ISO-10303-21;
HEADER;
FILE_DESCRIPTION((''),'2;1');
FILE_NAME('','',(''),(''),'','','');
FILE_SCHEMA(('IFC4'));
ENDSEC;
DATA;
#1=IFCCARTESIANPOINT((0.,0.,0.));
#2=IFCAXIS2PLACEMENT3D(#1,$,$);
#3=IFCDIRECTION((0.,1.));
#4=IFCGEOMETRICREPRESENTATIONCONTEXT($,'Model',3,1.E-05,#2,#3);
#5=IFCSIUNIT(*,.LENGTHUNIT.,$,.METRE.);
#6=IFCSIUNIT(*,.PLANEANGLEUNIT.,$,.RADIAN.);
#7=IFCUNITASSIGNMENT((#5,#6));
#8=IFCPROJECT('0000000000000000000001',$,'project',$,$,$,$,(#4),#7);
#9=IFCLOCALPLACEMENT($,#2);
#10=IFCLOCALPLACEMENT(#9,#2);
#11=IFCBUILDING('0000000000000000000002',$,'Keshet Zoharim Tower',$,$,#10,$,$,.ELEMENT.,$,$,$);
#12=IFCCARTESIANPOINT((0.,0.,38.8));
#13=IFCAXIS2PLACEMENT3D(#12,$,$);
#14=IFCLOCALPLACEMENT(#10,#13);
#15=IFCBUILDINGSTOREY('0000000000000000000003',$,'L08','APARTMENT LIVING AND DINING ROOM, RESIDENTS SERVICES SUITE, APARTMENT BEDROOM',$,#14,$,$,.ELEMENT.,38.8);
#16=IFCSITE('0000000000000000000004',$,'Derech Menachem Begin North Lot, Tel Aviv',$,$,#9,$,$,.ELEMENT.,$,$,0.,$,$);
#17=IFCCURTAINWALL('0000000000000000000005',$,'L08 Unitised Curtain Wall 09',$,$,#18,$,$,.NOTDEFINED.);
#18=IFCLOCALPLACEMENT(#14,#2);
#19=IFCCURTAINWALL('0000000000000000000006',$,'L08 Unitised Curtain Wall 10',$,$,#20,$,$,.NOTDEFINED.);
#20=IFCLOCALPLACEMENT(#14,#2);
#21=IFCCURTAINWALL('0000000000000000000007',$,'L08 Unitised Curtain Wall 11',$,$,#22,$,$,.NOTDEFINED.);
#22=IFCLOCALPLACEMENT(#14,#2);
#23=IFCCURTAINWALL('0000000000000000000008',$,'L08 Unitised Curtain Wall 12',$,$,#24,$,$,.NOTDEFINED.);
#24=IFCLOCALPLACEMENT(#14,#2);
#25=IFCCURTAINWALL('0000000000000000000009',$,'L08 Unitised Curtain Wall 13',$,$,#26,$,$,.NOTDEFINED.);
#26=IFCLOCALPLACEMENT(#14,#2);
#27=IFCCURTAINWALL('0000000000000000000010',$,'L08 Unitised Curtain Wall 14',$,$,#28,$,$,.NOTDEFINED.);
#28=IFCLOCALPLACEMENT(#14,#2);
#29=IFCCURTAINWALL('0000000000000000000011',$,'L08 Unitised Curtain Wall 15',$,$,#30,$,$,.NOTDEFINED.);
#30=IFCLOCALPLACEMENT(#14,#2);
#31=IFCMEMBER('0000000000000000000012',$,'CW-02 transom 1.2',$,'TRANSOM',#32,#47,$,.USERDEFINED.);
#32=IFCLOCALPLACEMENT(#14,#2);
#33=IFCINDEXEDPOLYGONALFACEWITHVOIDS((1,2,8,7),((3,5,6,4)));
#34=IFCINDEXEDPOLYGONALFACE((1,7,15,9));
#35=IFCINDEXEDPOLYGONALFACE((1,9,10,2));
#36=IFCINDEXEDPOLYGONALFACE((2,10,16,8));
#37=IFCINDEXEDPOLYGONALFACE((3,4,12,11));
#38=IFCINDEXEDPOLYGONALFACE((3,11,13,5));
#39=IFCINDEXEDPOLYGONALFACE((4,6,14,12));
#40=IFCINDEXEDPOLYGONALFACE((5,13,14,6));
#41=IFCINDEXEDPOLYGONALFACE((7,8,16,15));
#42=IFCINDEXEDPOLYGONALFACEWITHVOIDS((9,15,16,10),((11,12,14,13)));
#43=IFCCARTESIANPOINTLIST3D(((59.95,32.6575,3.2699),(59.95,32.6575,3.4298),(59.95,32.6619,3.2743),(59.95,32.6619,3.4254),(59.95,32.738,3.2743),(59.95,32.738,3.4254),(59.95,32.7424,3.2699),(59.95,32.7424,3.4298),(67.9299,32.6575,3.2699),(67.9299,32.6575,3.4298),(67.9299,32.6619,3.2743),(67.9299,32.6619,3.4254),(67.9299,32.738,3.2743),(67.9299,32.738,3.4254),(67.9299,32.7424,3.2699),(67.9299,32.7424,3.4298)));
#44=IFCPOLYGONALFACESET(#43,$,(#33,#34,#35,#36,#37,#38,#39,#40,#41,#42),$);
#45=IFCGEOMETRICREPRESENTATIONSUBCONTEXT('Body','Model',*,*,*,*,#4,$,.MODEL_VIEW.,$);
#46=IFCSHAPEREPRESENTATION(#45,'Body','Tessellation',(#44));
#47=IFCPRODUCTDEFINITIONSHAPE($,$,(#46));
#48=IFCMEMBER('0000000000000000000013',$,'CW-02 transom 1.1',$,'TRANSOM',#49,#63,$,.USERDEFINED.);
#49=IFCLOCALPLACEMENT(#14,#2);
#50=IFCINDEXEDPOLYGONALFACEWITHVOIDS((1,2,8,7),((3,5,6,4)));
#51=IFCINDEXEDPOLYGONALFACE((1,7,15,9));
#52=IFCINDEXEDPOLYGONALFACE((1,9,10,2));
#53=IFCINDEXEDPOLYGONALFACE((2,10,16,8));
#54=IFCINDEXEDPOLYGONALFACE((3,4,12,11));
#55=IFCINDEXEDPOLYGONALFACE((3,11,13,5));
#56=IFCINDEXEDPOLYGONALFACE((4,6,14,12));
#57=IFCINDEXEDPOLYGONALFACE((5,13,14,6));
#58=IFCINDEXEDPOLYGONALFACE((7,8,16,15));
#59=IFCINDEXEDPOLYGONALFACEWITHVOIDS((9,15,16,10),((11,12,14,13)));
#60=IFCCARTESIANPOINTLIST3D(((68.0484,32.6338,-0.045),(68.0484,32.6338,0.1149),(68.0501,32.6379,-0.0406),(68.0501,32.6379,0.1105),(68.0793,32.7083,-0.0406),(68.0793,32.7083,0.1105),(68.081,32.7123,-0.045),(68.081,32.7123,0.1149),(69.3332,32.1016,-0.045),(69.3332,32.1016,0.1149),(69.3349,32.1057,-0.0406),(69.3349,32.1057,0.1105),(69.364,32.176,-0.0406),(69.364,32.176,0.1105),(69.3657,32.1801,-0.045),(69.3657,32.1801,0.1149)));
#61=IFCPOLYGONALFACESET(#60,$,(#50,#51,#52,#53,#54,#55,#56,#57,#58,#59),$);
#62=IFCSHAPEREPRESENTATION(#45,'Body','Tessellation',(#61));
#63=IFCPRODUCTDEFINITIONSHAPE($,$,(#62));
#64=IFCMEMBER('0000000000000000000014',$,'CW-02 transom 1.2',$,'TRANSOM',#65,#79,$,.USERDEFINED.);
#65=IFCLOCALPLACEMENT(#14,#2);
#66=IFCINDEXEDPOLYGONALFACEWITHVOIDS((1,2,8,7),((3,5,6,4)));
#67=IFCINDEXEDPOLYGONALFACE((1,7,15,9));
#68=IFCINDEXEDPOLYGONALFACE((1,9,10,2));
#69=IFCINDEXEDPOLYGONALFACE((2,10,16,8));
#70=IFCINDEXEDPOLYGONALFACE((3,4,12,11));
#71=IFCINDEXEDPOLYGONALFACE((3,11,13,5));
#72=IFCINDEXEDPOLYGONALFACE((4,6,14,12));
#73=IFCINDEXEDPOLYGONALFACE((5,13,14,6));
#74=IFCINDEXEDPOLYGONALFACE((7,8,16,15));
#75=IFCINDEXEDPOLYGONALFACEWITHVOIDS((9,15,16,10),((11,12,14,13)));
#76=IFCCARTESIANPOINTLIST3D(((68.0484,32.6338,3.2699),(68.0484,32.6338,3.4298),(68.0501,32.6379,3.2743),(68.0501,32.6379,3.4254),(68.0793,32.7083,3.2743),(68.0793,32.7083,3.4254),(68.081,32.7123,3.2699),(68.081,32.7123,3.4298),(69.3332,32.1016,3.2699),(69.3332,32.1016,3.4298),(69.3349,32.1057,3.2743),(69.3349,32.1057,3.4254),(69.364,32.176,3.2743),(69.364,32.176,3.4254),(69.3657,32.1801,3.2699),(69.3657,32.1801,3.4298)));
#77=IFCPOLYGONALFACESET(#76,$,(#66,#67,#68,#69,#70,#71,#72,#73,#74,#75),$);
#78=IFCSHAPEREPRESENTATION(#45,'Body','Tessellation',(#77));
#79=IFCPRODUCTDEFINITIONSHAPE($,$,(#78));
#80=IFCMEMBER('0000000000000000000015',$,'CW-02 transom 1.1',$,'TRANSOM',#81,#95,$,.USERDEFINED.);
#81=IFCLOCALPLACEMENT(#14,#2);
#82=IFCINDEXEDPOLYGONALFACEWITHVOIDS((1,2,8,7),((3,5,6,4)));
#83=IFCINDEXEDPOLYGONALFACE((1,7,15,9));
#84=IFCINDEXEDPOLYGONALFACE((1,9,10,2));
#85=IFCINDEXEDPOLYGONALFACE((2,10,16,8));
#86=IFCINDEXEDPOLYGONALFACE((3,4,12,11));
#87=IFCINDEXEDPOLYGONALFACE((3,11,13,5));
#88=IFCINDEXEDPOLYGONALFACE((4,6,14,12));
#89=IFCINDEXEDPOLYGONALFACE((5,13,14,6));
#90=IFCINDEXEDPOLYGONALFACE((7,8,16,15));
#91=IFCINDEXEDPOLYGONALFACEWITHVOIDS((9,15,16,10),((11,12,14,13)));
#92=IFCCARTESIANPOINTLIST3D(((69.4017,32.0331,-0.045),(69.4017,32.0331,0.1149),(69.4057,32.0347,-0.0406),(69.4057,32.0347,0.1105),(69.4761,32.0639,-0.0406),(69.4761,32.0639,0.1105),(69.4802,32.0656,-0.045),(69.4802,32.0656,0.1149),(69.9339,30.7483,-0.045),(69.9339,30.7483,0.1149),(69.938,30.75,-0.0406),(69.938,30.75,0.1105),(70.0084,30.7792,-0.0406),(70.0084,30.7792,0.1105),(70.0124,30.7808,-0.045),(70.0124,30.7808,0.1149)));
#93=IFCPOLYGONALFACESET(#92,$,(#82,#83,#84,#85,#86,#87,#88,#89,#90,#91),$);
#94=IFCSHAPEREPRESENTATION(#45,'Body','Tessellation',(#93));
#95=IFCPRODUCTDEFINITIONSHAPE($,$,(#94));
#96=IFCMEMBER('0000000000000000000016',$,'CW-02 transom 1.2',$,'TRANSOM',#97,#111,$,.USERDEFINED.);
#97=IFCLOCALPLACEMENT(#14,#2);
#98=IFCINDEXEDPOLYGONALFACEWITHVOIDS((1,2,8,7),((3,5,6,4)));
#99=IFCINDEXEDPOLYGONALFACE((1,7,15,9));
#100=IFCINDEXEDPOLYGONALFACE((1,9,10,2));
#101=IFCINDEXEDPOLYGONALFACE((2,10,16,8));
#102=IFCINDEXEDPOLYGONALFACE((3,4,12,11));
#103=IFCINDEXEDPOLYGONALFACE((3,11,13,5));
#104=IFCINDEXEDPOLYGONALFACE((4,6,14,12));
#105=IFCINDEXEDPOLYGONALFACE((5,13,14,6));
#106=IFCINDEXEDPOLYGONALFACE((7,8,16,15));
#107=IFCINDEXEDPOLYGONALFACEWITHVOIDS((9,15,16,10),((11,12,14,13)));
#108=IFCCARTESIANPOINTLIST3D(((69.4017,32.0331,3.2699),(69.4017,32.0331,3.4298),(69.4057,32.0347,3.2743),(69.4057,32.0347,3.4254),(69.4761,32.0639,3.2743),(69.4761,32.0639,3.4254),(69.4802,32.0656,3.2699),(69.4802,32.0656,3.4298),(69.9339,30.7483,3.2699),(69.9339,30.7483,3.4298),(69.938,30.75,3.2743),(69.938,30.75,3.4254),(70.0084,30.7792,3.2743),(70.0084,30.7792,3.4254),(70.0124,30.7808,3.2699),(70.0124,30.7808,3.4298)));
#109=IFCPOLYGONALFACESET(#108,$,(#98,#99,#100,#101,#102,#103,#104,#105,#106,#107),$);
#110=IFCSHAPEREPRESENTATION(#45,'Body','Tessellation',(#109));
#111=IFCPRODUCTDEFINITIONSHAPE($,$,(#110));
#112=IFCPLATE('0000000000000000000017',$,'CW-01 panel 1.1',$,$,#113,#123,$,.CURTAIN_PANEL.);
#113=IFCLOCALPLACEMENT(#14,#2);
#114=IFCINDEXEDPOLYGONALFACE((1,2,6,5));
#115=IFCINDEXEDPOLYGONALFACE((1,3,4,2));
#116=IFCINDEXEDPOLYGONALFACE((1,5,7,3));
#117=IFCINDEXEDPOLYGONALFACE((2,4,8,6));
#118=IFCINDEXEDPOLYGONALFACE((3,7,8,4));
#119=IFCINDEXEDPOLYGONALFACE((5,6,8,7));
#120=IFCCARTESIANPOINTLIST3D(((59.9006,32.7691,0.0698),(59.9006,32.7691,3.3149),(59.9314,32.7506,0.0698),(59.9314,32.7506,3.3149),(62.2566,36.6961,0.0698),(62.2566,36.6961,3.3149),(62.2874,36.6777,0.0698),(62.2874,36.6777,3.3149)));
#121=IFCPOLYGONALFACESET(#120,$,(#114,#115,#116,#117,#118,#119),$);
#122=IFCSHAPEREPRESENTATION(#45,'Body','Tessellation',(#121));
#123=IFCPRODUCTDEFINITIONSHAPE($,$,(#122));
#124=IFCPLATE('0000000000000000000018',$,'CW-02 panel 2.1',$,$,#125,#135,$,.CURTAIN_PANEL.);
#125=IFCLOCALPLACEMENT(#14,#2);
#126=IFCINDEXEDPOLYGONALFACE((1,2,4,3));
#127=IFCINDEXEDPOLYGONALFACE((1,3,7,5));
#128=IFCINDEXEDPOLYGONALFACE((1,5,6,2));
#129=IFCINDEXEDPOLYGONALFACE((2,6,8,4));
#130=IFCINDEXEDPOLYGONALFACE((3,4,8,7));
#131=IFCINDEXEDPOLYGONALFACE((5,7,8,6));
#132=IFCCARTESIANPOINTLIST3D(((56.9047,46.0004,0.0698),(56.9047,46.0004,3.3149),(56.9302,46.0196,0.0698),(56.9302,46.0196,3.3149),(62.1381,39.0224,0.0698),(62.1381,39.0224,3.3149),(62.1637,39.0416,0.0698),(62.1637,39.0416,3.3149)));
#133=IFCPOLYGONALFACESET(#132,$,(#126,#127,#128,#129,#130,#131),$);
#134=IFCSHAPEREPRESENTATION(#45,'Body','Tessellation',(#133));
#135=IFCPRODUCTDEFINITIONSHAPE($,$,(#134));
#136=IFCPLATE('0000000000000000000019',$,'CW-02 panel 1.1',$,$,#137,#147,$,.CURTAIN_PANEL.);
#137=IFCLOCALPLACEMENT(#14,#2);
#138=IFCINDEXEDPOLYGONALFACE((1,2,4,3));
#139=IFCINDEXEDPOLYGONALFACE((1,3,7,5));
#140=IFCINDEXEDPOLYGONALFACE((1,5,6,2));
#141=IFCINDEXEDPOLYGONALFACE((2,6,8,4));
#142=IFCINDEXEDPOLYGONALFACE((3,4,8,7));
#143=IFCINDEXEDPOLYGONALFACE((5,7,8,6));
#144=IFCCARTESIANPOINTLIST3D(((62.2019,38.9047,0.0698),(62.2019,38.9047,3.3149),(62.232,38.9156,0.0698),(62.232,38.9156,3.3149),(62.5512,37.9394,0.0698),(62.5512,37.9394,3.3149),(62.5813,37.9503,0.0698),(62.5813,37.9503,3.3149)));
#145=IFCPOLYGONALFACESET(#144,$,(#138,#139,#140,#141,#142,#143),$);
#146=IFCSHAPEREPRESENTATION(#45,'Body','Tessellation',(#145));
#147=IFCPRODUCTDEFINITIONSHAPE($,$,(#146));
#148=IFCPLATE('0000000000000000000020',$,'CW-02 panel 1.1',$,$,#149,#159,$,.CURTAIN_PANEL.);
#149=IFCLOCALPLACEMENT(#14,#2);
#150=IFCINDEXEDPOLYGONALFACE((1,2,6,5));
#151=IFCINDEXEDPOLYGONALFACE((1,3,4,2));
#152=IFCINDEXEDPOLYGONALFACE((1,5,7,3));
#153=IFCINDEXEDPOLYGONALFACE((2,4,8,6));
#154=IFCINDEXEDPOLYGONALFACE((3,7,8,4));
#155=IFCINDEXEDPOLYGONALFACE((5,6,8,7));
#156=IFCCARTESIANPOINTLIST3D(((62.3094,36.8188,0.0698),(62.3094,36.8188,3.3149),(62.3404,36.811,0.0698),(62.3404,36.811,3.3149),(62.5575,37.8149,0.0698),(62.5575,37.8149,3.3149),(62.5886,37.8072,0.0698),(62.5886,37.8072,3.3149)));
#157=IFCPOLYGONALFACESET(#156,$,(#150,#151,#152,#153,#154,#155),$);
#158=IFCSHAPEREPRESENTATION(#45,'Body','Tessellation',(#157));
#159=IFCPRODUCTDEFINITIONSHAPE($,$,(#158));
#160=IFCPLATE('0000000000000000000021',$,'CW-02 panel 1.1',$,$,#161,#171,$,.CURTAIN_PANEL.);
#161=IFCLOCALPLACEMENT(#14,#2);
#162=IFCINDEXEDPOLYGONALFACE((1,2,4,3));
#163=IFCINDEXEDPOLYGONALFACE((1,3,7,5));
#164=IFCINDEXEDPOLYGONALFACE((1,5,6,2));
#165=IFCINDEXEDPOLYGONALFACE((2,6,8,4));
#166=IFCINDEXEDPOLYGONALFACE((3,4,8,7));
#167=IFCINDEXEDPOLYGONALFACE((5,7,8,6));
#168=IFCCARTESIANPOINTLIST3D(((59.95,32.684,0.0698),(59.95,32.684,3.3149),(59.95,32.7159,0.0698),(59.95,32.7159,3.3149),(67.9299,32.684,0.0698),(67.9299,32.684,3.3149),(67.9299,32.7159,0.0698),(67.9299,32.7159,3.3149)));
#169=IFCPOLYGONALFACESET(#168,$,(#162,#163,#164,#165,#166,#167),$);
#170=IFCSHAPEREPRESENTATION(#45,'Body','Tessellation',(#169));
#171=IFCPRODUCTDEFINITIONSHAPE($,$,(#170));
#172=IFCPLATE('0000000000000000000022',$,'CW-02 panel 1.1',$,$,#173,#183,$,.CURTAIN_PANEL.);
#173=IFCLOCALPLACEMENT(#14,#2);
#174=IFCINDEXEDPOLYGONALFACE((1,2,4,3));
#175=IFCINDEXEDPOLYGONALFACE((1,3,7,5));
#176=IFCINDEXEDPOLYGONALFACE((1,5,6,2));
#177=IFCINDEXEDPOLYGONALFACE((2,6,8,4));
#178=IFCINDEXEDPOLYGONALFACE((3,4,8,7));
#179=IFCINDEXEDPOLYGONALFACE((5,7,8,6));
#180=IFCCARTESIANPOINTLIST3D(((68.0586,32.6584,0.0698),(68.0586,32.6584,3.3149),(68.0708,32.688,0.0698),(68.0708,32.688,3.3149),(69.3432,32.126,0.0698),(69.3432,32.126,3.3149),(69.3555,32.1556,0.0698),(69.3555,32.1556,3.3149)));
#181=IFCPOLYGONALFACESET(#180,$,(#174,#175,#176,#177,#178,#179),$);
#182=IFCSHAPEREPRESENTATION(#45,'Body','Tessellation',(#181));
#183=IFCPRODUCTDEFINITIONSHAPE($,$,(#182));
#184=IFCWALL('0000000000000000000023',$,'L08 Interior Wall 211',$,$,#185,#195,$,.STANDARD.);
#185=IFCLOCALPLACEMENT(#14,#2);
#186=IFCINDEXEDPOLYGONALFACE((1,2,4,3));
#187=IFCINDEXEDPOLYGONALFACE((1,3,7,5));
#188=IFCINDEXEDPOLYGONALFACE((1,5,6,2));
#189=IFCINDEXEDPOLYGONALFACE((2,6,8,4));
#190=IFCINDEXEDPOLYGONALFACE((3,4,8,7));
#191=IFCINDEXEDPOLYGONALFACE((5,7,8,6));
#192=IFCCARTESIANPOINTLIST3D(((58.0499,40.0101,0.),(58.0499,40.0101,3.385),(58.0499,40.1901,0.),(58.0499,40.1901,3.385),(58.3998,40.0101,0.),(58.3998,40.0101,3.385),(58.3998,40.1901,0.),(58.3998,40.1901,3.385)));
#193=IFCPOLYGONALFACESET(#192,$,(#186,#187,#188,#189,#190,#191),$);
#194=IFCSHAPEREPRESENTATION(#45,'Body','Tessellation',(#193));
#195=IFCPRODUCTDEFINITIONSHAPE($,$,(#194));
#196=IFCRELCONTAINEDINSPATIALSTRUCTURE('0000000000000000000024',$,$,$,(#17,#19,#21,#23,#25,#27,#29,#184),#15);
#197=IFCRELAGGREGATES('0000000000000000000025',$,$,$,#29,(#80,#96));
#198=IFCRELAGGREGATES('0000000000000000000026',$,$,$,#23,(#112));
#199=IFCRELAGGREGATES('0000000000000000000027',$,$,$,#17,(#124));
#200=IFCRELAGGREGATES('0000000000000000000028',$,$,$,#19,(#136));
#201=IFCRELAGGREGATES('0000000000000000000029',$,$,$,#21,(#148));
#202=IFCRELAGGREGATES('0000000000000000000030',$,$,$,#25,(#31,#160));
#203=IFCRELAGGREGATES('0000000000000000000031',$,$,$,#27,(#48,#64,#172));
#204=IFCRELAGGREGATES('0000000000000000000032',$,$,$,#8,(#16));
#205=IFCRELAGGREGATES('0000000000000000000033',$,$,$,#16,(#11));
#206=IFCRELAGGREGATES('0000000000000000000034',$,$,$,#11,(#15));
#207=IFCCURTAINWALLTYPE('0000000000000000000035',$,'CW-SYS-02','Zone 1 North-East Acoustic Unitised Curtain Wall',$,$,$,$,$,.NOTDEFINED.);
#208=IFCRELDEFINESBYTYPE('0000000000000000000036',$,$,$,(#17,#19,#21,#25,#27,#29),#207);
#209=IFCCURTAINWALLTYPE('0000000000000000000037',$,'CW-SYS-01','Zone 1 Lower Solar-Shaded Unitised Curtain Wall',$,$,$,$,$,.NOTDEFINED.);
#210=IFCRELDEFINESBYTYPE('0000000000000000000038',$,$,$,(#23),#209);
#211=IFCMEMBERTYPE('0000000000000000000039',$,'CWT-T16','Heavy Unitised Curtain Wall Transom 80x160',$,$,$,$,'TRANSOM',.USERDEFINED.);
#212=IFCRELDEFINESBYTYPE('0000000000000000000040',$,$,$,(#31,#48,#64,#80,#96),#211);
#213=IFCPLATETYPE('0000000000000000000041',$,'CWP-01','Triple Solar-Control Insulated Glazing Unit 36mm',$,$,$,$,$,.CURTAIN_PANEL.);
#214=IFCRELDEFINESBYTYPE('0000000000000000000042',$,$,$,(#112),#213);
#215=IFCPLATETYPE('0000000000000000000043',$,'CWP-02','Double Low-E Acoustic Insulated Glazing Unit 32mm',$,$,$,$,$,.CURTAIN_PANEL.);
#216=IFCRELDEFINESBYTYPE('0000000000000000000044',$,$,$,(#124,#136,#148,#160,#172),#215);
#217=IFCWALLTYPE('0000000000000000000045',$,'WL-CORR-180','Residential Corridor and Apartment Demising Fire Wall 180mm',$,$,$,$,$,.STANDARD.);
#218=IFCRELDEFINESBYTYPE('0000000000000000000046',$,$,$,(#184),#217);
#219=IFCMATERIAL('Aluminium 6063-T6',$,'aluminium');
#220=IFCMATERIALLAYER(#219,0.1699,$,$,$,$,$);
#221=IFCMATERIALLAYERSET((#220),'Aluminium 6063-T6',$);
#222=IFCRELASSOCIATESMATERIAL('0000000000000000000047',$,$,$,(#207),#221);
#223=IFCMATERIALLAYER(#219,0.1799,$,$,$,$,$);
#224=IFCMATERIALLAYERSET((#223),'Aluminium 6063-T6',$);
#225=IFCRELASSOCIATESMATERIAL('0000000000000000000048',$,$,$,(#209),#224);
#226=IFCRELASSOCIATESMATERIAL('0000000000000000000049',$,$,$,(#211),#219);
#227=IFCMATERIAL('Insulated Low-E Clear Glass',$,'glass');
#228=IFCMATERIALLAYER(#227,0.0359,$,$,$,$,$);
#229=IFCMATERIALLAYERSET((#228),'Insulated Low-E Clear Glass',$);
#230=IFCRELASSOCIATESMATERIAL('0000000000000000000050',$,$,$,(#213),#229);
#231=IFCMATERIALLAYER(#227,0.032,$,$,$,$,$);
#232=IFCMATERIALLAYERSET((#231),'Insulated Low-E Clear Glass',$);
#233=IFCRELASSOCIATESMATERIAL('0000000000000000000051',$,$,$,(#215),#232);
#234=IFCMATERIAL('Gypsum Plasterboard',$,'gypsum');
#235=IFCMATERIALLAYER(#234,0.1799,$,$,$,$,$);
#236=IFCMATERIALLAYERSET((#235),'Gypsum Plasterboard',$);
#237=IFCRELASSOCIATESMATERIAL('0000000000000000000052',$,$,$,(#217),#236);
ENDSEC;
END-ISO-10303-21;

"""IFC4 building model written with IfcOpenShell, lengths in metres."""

from ifc_helpers import new_model, si_unit, direction, frame, frame_2d, origin, origin_2d, place, context, subcontext, project, spatial, rectangle, hollow_rectangle, extrude, material, layer, layer_set, material_profile, profile_set, type_object, element, aggregate, save


model = new_model("IFC4")

# Units and contexts
model_context = context("Model", 3, precision=1e-05, world=origin(), true_north=direction((0.0, 1.0)))
body_context = subcontext(model_context, "Body", "Model", "MODEL_VIEW")
ifc_project = project(units=[si_unit("LENGTHUNIT", "METRE"), si_unit("PLANEANGLEUNIT", "RADIAN")], contexts=[model_context])

# Site, building, storey
site_placement = place(None, origin())
site = spatial("IfcSite", under=ifc_project, at=site_placement, Name="Derech Menachem Begin North Lot, Tel Aviv", CompositionType="ELEMENT", RefElevation=0.0)
building_placement = place(site_placement, origin())
building = spatial("IfcBuilding", under=site, at=building_placement, Name="Keshet Zoharim Tower", CompositionType="ELEMENT")
storey_placement = place(building_placement, frame((0.0, 0.0, 38.8)))
storey = spatial("IfcBuildingStorey", under=building, at=storey_placement, Name="L08", Description="APARTMENT LIVING AND DINING ROOM, RESIDENTS SERVICES SUITE, APARTMENT BEDROOM", CompositionType="ELEMENT", Elevation=38.8)

# Curtain wall
ifc_material_1 = material(Name="Aluminium 6063-T6", Category="aluminium")
ifc_layer_1 = layer(ifc_material_1, 0.1699)
ifc_layer_set_1 = layer_set([ifc_layer_1], Name="Aluminium 6063-T6")
curtain_wall_type_1 = type_object("IfcCurtainWallType", Name="CW-SYS-02", Description="Zone 1 North-East Acoustic Unitised Curtain Wall", PredefinedType="NOTDEFINED", material=ifc_layer_set_1)
curtain_wall_1_placement = place(storey_placement, origin())
curtain_wall_1 = element("IfcCurtainWall", 1, at=curtain_wall_1_placement, inside=storey, type_object=curtain_wall_type_1, Name="L08 Unitised Curtain Wall 09", PredefinedType="NOTDEFINED")

# Curtain walls
curtain_wall_2_placement = place(storey_placement, origin())
curtain_wall_2 = element("IfcCurtainWall", 2, at=curtain_wall_2_placement, inside=storey, type_object=curtain_wall_type_1, Name="L08 Unitised Curtain Wall 10", PredefinedType="NOTDEFINED")
curtain_wall_3_placement = place(storey_placement, origin())
curtain_wall_3 = element("IfcCurtainWall", 3, at=curtain_wall_3_placement, inside=storey, type_object=curtain_wall_type_1, Name="L08 Unitised Curtain Wall 11", PredefinedType="NOTDEFINED")
ifc_layer_2 = layer(ifc_material_1, 0.1799)
ifc_layer_set_2 = layer_set([ifc_layer_2], Name="Aluminium 6063-T6")
curtain_wall_type_2 = type_object("IfcCurtainWallType", Name="CW-SYS-01", Description="Zone 1 Lower Solar-Shaded Unitised Curtain Wall", PredefinedType="NOTDEFINED", material=ifc_layer_set_2)
curtain_wall_4_placement = place(storey_placement, origin())
curtain_wall_4 = element("IfcCurtainWall", 4, at=curtain_wall_4_placement, inside=storey, type_object=curtain_wall_type_2, Name="L08 Unitised Curtain Wall 12", PredefinedType="NOTDEFINED")
curtain_wall_5_placement = place(storey_placement, origin())
curtain_wall_5 = element("IfcCurtainWall", 5, at=curtain_wall_5_placement, inside=storey, type_object=curtain_wall_type_1, Name="L08 Unitised Curtain Wall 13", PredefinedType="NOTDEFINED")
curtain_wall_6_placement = place(storey_placement, origin())
curtain_wall_6 = element("IfcCurtainWall", 6, at=curtain_wall_6_placement, inside=storey, type_object=curtain_wall_type_1, Name="L08 Unitised Curtain Wall 14", PredefinedType="NOTDEFINED")

# Curtain wall
curtain_wall_7_placement = place(storey_placement, origin())
curtain_wall_7 = element("IfcCurtainWall", 7, at=curtain_wall_7_placement, inside=storey, type_object=curtain_wall_type_1, Name="L08 Unitised Curtain Wall 15", PredefinedType="NOTDEFINED")

# Members
ifc_material_profile_1 = material_profile(ifc_material_1, hollow_rectangle(XDim=0.085, YDim=0.1599, WallThickness=0.0044, at=origin_2d()), Name="TRN-85x160")
ifc_profile_set_1 = profile_set([ifc_material_profile_1], Name="Aluminium 6063-T6")
member_type_1 = type_object("IfcMemberType", Name="CWT-T16", Description="Heavy Unitised Curtain Wall Transom 80x160", ElementType="TRANSOM", PredefinedType="USERDEFINED", material=ifc_profile_set_1)
member_1_placement = place(storey_placement, frame((59.95, 32.7, 3.3499), z_axis=(1.0, 0.0, 0.0), x_axis=(0.0, 1.0, 0.0)))
member_1 = element("IfcMember", 8, at=member_1_placement, type_object=member_type_1, Name="CW-02 transom 1.2", ObjectType="TRANSOM", PredefinedType="USERDEFINED", context=body_context, shape_type="SweptSolid", body=[
    extrude(hollow_rectangle(XDim=0.085, YDim=0.1599, WallThickness=0.0044, at=origin_2d()), origin(), (0.0, 0.0, 1.0), 7.98),
])
member_2_placement = place(storey_placement, frame((68.0647, 32.6731, 0.0349), z_axis=(0.923854, -0.382745, 0.0), x_axis=(0.382745, 0.923854, 0.0)))
member_2 = element("IfcMember", 9, at=member_2_placement, type_object=member_type_1, Name="CW-02 transom 1.1", ObjectType="TRANSOM", PredefinedType="USERDEFINED", context=body_context, shape_type="SweptSolid", body=[
    extrude(hollow_rectangle(XDim=0.085, YDim=0.1599, WallThickness=0.0044, at=origin_2d()), origin(), (0.0, 0.0, 1.0), 1.3906),
])
member_3_placement = place(storey_placement, frame((68.0647, 32.6731, 3.3499), z_axis=(0.923854, -0.382745, 0.0), x_axis=(0.382745, 0.923854, 0.0)))
member_3 = element("IfcMember", 10, at=member_3_placement, type_object=member_type_1, Name="CW-02 transom 1.2", ObjectType="TRANSOM", PredefinedType="USERDEFINED", context=body_context, shape_type="SweptSolid", body=[
    extrude(hollow_rectangle(XDim=0.085, YDim=0.1599, WallThickness=0.0044, at=origin_2d()), origin(), (0.0, 0.0, 1.0), 1.3906),
])
member_4_placement = place(storey_placement, frame((69.4409, 32.0493, 0.0349), z_axis=(0.382745, -0.923854, 0.0), x_axis=(0.923854, 0.382745, 0.0)))
member_4 = element("IfcMember", 11, at=member_4_placement, type_object=member_type_1, Name="CW-02 transom 1.1", ObjectType="TRANSOM", PredefinedType="USERDEFINED", context=body_context, shape_type="SweptSolid", body=[
    extrude(hollow_rectangle(XDim=0.085, YDim=0.1599, WallThickness=0.0044, at=origin_2d()), origin(), (0.0, 0.0, 1.0), 1.3906),
])
member_5_placement = place(storey_placement, frame((69.4409, 32.0493, 3.3499), z_axis=(0.382745, -0.923854, 0.0), x_axis=(0.923854, 0.382745, 0.0)))
member_5 = element("IfcMember", 12, at=member_5_placement, type_object=member_type_1, Name="CW-02 transom 1.2", ObjectType="TRANSOM", PredefinedType="USERDEFINED", context=body_context, shape_type="SweptSolid", body=[
    extrude(hollow_rectangle(XDim=0.085, YDim=0.1599, WallThickness=0.0044, at=origin_2d()), origin(), (0.0, 0.0, 1.0), 1.3906),
])
aggregate(curtain_wall_7, [member_4, member_5])

# Plates
ifc_material_2 = material(Name="Insulated Low-E Clear Glass", Category="glass")
ifc_layer_3 = layer(ifc_material_2, 0.0359)
ifc_layer_set_3 = layer_set([ifc_layer_3], Name="Insulated Low-E Clear Glass")
plate_type_1 = type_object("IfcPlateType", Name="CWP-01", Description="Triple Solar-Control Insulated Glazing Unit 36mm", PredefinedType="CURTAIN_PANEL", material=ifc_layer_set_3)
plate_1_placement = place(storey_placement, frame((61.094, 34.7234, 0.0698), z_axis=(0.0, 0.0, 1.0), x_axis=(-0.514465, -0.857512, 0.0)))
plate_1 = element("IfcPlate", 13, at=plate_1_placement, type_object=plate_type_1, Name="CW-01 panel 1.1", PredefinedType="CURTAIN_PANEL", context=body_context, shape_type="SweptSolid", body=[
    extrude(rectangle(XDim=4.5796, YDim=0.0359, at=origin_2d()), origin(), (0.0, 0.0, 1.0), 3.2451),
])
aggregate(curtain_wall_4, [plate_1])
ifc_layer_4 = layer(ifc_material_2, 0.032)
ifc_layer_set_4 = layer_set([ifc_layer_4], Name="Insulated Low-E Clear Glass")
plate_type_2 = type_object("IfcPlateType", Name="CWP-02", Description="Double Low-E Acoustic Insulated Glazing Unit 32mm", PredefinedType="CURTAIN_PANEL", material=ifc_layer_set_4)
plate_2_placement = place(storey_placement, frame((59.5342, 42.521, 0.0698), z_axis=(0.0, 0.0, 1.0), x_axis=(0.6, -0.8, 0.0)))
plate_2 = element("IfcPlate", 14, at=plate_2_placement, type_object=plate_type_2, Name="CW-02 panel 2.1", PredefinedType="CURTAIN_PANEL", context=body_context, shape_type="SweptSolid", body=[
    extrude(rectangle(XDim=8.7224, YDim=0.032, at=origin_2d()), origin(), (0.0, 0.0, 1.0), 3.2451),
])
aggregate(curtain_wall_1, [plate_2])
plate_3_placement = place(storey_placement, frame((62.3916, 38.4275, 0.0698), z_axis=(0.0, 0.0, 1.0), x_axis=(0.340297, -0.940318, 0.0)))
plate_3 = element("IfcPlate", 15, at=plate_3_placement, type_object=plate_type_2, Name="CW-02 panel 1.1", PredefinedType="CURTAIN_PANEL", context=body_context, shape_type="SweptSolid", body=[
    extrude(rectangle(XDim=1.0266, YDim=0.032, at=origin_2d()), origin(), (0.0, 0.0, 1.0), 3.2451),
])
aggregate(curtain_wall_2, [plate_3])
plate_4_placement = place(storey_placement, frame((62.449, 37.313, 0.0698), z_axis=(0.0, 0.0, 1.0), x_axis=(-0.241729, -0.970344, 0.0)))
plate_4 = element("IfcPlate", 16, at=plate_4_placement, type_object=plate_type_2, Name="CW-02 panel 1.1", PredefinedType="CURTAIN_PANEL", context=body_context, shape_type="SweptSolid", body=[
    extrude(rectangle(XDim=1.0266, YDim=0.032, at=origin_2d()), origin(), (0.0, 0.0, 1.0), 3.2451),
])
aggregate(curtain_wall_3, [plate_4])
plate_5_placement = place(storey_placement, frame((63.9399, 32.7, 0.0698), z_axis=(0.0, 0.0, 1.0), x_axis=(1.0, 0.0, 0.0)))
plate_5 = element("IfcPlate", 17, at=plate_5_placement, type_object=plate_type_2, Name="CW-02 panel 1.1", PredefinedType="CURTAIN_PANEL", context=body_context, shape_type="SweptSolid", body=[
    extrude(rectangle(XDim=7.98, YDim=0.032, at=origin_2d()), origin(), (0.0, 0.0, 1.0), 3.2451),
])
aggregate(curtain_wall_5, [member_1, plate_5])
plate_6_placement = place(storey_placement, frame((68.707, 32.407, 0.0698), z_axis=(0.0, 0.0, 1.0), x_axis=(0.92381, -0.382852, 0.0)))
plate_6 = element("IfcPlate", 18, at=plate_6_placement, type_object=plate_type_2, Name="CW-02 panel 1.1", PredefinedType="CURTAIN_PANEL", context=body_context, shape_type="SweptSolid", body=[
    extrude(rectangle(XDim=1.3906, YDim=0.032, at=origin_2d()), origin(), (0.0, 0.0, 1.0), 3.2451),
])
aggregate(curtain_wall_6, [member_2, member_3, plate_6])

# Wall
ifc_material_3 = material(Name="Gypsum Plasterboard", Category="gypsum")
ifc_layer_5 = layer(ifc_material_3, 0.1799)
ifc_layer_set_5 = layer_set([ifc_layer_5], Name="Gypsum Plasterboard")
wall_type_1 = type_object("IfcWallType", Name="WL-CORR-180", Description="Residential Corridor and Apartment Demising Fire Wall 180mm", PredefinedType="STANDARD", material=ifc_layer_set_5)
wall_1_placement = place(storey_placement, frame((58.05, 40.1001, 0.0), z_axis=(0.0, 0.0, 1.0), x_axis=(1.0, 0.0, 0.0)))
element("IfcWall", 19, at=wall_1_placement, inside=storey, type_object=wall_type_1, Name="L08 Interior Wall 211", PredefinedType="STANDARD", context=body_context, shape_type="SweptSolid", body=[
    extrude(rectangle(XDim=0.3499, YDim=0.1799, at=frame_2d((0.1748, 0.0))), origin(), (0.0, 0.0, 1.0), 3.385),
])

save(model, "model.ifc")
